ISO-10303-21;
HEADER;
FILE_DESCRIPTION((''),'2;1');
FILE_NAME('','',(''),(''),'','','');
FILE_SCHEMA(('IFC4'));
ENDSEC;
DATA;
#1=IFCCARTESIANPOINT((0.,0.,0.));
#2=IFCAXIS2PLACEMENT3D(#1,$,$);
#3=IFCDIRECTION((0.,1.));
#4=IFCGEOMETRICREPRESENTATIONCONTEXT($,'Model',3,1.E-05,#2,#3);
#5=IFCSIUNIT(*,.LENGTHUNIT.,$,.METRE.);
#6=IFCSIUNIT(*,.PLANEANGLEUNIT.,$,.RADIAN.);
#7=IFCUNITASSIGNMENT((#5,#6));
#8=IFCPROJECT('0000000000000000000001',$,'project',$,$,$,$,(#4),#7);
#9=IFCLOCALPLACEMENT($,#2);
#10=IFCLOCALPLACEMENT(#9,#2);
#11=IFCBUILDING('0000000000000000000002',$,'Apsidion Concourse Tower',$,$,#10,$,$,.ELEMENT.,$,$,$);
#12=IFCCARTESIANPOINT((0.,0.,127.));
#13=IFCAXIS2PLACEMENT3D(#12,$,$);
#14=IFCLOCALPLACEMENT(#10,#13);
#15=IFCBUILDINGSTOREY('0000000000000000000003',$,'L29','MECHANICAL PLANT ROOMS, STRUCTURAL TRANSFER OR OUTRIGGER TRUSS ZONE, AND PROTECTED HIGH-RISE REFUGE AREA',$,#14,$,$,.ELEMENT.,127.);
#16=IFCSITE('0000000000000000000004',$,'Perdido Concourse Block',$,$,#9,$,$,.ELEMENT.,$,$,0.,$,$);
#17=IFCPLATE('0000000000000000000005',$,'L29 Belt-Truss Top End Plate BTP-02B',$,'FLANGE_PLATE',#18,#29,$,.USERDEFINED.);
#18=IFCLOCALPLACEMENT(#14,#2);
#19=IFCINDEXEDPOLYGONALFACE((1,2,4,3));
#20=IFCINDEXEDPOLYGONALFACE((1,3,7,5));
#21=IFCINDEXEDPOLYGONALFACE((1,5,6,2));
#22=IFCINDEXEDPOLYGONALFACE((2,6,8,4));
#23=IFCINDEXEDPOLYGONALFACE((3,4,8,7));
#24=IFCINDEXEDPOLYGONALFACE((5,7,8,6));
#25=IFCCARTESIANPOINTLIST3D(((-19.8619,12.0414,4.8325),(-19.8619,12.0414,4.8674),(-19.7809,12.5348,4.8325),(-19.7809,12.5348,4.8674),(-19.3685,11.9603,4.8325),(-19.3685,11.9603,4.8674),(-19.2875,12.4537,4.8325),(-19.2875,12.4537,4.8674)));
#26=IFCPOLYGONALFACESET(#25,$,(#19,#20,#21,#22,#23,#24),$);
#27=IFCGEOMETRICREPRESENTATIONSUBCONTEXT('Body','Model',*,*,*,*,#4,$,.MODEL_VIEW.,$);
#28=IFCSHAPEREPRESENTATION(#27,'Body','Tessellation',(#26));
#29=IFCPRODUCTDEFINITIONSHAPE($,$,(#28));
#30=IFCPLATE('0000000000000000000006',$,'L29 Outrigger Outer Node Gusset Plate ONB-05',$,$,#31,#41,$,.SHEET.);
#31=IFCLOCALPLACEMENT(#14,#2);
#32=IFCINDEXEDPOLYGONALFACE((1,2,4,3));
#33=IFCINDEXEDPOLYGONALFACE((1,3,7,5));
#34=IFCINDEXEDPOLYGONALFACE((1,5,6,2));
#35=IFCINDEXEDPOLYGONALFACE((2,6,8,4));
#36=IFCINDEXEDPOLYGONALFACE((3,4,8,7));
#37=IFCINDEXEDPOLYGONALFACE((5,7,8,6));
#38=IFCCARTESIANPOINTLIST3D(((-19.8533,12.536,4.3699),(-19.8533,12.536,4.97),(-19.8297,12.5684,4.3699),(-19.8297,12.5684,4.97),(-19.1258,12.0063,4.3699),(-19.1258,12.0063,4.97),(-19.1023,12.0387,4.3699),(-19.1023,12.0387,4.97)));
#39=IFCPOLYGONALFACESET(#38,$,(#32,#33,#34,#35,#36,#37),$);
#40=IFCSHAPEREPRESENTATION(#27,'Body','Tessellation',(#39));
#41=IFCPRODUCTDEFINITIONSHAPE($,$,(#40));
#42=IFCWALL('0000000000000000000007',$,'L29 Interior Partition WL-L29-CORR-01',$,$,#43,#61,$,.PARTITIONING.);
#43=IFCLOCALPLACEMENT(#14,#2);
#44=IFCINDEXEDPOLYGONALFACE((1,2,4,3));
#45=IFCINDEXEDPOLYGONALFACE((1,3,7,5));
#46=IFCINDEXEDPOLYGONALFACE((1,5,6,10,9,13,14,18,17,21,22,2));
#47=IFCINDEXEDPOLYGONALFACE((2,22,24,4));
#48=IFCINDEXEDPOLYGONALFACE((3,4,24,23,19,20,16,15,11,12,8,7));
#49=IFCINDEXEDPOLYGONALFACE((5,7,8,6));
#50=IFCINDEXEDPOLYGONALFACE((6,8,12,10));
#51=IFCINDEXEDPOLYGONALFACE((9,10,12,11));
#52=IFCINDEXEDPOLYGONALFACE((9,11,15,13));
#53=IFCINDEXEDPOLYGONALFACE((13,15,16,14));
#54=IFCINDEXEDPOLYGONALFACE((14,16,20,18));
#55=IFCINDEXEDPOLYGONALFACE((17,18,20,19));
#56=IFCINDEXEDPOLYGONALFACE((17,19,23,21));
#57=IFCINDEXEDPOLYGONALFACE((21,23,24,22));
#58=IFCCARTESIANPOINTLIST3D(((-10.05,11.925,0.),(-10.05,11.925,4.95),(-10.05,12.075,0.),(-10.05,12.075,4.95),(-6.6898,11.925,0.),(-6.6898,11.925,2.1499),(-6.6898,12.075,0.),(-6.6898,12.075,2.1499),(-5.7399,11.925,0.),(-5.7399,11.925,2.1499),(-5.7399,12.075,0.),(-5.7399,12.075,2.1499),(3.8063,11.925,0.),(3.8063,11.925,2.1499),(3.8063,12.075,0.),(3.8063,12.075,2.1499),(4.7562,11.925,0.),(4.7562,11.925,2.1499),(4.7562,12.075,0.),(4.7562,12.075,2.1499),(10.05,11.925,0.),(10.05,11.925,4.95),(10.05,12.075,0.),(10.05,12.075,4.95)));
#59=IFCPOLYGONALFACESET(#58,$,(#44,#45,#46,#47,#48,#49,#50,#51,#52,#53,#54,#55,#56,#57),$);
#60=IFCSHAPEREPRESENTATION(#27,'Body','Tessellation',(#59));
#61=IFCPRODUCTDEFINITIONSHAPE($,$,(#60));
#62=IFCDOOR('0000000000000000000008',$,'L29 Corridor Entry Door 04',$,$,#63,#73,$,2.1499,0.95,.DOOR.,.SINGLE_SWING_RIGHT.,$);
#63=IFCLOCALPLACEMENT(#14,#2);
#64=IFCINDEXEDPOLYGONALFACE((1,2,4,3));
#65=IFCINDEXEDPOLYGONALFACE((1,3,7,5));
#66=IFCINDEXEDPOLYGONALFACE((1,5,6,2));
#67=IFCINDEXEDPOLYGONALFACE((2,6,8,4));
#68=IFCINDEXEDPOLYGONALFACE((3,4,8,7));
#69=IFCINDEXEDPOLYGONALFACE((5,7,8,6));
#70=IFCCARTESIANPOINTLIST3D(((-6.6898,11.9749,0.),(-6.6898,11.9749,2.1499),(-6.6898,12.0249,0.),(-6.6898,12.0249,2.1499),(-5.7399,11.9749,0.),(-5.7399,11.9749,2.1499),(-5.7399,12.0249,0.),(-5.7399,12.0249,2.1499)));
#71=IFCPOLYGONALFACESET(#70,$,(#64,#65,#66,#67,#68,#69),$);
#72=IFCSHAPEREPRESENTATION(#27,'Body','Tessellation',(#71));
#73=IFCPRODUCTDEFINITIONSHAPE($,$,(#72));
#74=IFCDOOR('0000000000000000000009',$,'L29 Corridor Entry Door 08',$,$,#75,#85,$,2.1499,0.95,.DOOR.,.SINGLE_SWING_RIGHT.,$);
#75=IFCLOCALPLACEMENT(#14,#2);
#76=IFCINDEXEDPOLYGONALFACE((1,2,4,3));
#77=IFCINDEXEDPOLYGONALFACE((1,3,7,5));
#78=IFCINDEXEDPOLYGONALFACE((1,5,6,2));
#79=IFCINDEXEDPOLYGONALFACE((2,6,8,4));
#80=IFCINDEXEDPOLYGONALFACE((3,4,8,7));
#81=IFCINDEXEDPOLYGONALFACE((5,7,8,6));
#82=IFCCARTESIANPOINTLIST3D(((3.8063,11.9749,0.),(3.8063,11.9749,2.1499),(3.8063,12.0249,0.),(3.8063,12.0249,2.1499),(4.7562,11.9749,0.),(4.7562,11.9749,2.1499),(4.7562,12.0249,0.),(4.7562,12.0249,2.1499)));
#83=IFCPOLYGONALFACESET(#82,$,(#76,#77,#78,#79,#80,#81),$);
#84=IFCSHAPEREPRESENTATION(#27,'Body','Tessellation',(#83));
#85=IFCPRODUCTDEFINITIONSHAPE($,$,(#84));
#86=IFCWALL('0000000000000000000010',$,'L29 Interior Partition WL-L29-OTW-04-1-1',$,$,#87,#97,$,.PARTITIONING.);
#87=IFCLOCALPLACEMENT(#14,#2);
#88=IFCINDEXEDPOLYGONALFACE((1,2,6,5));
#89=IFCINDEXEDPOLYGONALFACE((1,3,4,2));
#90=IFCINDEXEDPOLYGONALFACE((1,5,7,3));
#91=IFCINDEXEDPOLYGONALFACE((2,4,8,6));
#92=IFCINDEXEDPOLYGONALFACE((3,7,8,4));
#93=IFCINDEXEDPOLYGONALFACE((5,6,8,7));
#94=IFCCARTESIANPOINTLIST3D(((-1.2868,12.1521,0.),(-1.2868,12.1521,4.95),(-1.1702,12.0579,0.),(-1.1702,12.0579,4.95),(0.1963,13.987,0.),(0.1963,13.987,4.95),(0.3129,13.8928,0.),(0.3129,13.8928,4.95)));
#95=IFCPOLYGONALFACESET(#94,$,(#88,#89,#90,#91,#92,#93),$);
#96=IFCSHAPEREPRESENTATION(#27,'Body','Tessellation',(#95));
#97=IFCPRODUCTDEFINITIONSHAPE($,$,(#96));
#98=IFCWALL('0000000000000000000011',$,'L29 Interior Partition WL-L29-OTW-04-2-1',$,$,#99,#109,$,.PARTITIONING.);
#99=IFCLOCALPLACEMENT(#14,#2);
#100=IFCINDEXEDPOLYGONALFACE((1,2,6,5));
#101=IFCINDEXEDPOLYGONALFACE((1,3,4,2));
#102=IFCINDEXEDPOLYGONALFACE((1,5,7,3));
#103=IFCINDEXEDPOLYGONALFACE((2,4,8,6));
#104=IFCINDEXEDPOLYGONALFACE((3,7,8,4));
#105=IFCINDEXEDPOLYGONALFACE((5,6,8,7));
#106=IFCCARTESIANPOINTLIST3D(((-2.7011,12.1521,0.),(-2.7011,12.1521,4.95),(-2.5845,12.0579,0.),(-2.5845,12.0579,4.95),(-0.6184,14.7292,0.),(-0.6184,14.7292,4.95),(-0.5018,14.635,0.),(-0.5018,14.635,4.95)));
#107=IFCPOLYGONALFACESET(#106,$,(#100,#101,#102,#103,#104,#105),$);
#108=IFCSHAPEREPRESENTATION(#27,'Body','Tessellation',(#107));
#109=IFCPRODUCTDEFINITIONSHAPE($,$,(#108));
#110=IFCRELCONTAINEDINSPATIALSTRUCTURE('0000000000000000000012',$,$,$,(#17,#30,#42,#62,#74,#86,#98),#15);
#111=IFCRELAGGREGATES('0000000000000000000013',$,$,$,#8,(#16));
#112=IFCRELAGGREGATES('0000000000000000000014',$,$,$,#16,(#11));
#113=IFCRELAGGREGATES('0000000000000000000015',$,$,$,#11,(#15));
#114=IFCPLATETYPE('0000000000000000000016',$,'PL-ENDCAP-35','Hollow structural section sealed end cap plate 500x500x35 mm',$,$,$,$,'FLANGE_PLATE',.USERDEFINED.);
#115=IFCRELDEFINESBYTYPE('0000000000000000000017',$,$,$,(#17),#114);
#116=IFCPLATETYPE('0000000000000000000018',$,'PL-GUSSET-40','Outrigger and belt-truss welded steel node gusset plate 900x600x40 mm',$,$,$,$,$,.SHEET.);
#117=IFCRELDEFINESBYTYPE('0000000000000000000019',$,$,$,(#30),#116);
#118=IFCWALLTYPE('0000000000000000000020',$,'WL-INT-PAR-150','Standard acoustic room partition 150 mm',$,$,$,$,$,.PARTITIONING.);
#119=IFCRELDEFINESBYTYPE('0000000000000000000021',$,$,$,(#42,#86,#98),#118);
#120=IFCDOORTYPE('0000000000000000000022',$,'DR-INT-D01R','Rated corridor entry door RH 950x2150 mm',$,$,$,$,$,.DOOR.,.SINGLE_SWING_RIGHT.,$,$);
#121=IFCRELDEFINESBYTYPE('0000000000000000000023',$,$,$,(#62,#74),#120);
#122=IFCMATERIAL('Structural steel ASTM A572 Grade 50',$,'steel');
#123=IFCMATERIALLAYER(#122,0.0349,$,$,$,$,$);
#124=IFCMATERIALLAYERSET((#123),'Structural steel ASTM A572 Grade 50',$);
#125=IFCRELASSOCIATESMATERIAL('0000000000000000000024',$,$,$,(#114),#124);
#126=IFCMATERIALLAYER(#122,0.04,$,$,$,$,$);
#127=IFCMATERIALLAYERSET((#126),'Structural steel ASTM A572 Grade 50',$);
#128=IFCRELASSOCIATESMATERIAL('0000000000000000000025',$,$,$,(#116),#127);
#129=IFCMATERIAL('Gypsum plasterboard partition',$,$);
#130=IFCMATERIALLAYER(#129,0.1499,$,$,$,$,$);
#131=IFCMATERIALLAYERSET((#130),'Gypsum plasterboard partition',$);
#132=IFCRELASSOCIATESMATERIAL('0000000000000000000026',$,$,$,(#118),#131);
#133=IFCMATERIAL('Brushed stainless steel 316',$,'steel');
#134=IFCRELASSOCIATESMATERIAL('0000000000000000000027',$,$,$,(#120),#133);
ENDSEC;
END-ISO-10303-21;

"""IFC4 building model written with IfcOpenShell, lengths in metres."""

from ifc_helpers import new_model, si_unit, direction, frame, frame_2d, origin, origin_2d, place, context, subcontext, project, spatial, rectangle, extrude, material, layer, layer_set, type_object, element, fill, save


model = new_model("IFC4")

# Units and contexts
model_context = context("Model", 3, precision=1e-05, world=origin(), true_north=direction((0.0, 1.0)))
body_context = subcontext(model_context, "Body", "Model", "MODEL_VIEW")
ifc_project = project(units=[si_unit("LENGTHUNIT", "METRE"), si_unit("PLANEANGLEUNIT", "RADIAN")], contexts=[model_context])

# Site, building, storey
site_placement = place(None, origin())
site = spatial("IfcSite", under=ifc_project, at=site_placement, Name="Perdido Concourse Block", CompositionType="ELEMENT", RefElevation=0.0)
building_placement = place(site_placement, origin())
building = spatial("IfcBuilding", under=site, at=building_placement, Name="Apsidion Concourse Tower", CompositionType="ELEMENT")
storey_placement = place(building_placement, frame((0.0, 0.0, 127.0)))
storey = spatial("IfcBuildingStorey", under=building, at=storey_placement, Name="L29", Description="MECHANICAL PLANT ROOMS, STRUCTURAL TRANSFER OR OUTRIGGER TRUSS ZONE, AND PROTECTED HIGH-RISE REFUGE AREA", CompositionType="ELEMENT", Elevation=127.0)

# Plates
ifc_material_1 = material(Name="Structural steel ASTM A572 Grade 50", Category="steel")
ifc_layer_1 = layer(ifc_material_1, 0.0349)
ifc_layer_set_1 = layer_set([ifc_layer_1], Name="Structural steel ASTM A572 Grade 50")
plate_type_1 = type_object("IfcPlateType", Name="PL-ENDCAP-35", Description="Hollow structural section sealed end cap plate 500x500x35 mm", ElementType="FLANGE_PLATE", PredefinedType="USERDEFINED", material=ifc_layer_set_1)
for number, where, z_axis, x_axis, name in (
    (1, (-19.5747, 12.2476, 4.8325), (0.0, 0.0, 1.0), (0.162121, 0.986771, 0.0), "L29 Belt-Truss Top End Plate BTP-02B"),
):
    element("IfcPlate", number, at=place(storey_placement, frame(where, z_axis=z_axis, x_axis=x_axis)), inside=storey, type_object=plate_type_1, Name=name, ObjectType="FLANGE_PLATE", PredefinedType="USERDEFINED", context=body_context, shape_type="SweptSolid", body=[
        extrude(rectangle(XDim=0.5, YDim=0.5, at=origin_2d()), origin(), (0.0, 0.0, 1.0), 0.0349),
    ])
ifc_layer_2 = layer(ifc_material_1, 0.04)
ifc_layer_set_2 = layer_set([ifc_layer_2], Name="Structural steel ASTM A572 Grade 50")
plate_type_2 = type_object("IfcPlateType", Name="PL-GUSSET-40", Description="Outrigger and belt-truss welded steel node gusset plate 900x600x40 mm", PredefinedType="SHEET", material=ifc_layer_set_2)
plate_placement = place(storey_placement, frame((-19.4778, 12.2874, 4.3699), z_axis=(0.0, 0.0, 1.0), x_axis=(-0.808401, 0.588632, 0.0)))
element("IfcPlate", 2, at=plate_placement, inside=storey, type_object=plate_type_2, Name="L29 Outrigger Outer Node Gusset Plate ONB-05", PredefinedType="SHEET", context=body_context, shape_type="SweptSolid", body=[
    extrude(rectangle(XDim=0.8999, YDim=0.04, at=origin_2d()), origin(), (0.0, 0.0, 1.0), 0.6001),
])

# Wall, openings, doors
ifc_material_2 = material(Name="Gypsum plasterboard partition")
ifc_layer_3 = layer(ifc_material_2, 0.1499)
ifc_layer_set_3 = layer_set([ifc_layer_3], Name="Gypsum plasterboard partition")
wall_type_1 = type_object("IfcWallType", Name="WL-INT-PAR-150", Description="Standard acoustic room partition 150 mm", PredefinedType="PARTITIONING", material=ifc_layer_set_3)
wall_1_placement = place(storey_placement, frame((-10.05, 12.0, 0.0), z_axis=(0.0, 0.0, 1.0), x_axis=(1.0, 0.0, 0.0)))
wall_1 = element("IfcWall", 3, at=wall_1_placement, inside=storey, type_object=wall_type_1, Name="L29 Interior Partition WL-L29-CORR-01", PredefinedType="PARTITIONING", context=body_context, shape_type="SweptSolid", body=[
    extrude(rectangle(XDim=20.1001, YDim=0.1499, at=frame_2d((10.05, 0.0))), origin(), (0.0, 0.0, 1.0), 4.95),
])
opening_1_placement = place(wall_1_placement, frame((3.3601, 0.0, 0.0)))
opening_1 = element("IfcOpeningElement", 4, at=opening_1_placement, cuts=wall_1, PredefinedType="OPENING", context=body_context, shape_type="SweptSolid", body=[
    extrude(rectangle(XDim=0.95, YDim=2.1499, at=frame_2d((0.4751, 1.075))), frame((0.0, 0.085, 0.0), z_axis=(0.0, -1.0, 0.0), x_axis=(1.0, 0.0, 0.0)), (0.0, 0.0, 1.0), 0.1699),
])
opening_2_placement = place(wall_1_placement, frame((13.8562, 0.0, 0.0)))
opening_2 = element("IfcOpeningElement", 5, at=opening_2_placement, cuts=wall_1, PredefinedType="OPENING", context=body_context, shape_type="SweptSolid", body=[
    extrude(rectangle(XDim=0.95, YDim=2.1499, at=frame_2d((0.4751, 1.075))), frame((0.0, 0.085, 0.0), z_axis=(0.0, -1.0, 0.0), x_axis=(1.0, 0.0, 0.0)), (0.0, 0.0, 1.0), 0.1699),
])
ifc_material_3 = material(Name="Brushed stainless steel 316", Category="steel")
door_type_1 = type_object("IfcDoorType", Name="DR-INT-D01R", Description="Rated corridor entry door RH 950x2150 mm", OperationType="SINGLE_SWING_RIGHT", PredefinedType="DOOR", material=ifc_material_3)
door_1_placement = place(opening_1_placement, origin())
door_1 = element("IfcDoor", 6, at=door_1_placement, inside=storey, type_object=door_type_1, Name="L29 Corridor Entry Door 04", OperationType="SINGLE_SWING_RIGHT", OverallHeight=2.1499, OverallWidth=0.95, PredefinedType="DOOR", context=body_context, shape_type="SweptSolid", body=[
    extrude(rectangle(XDim=0.95, YDim=2.1499, at=frame_2d((0.4751, 1.075))), frame((0.0, 0.0249, 0.0), z_axis=(0.0, -1.0, 0.0), x_axis=(1.0, 0.0, 0.0)), (0.0, 0.0, 1.0), 0.05),
])
fill(opening_1, door_1)
door_2_placement = place(opening_2_placement, origin())
door_2 = element("IfcDoor", 7, at=door_2_placement, inside=storey, type_object=door_type_1, Name="L29 Corridor Entry Door 08", OperationType="SINGLE_SWING_RIGHT", OverallHeight=2.1499, OverallWidth=0.95, PredefinedType="DOOR", context=body_context, shape_type="SweptSolid", body=[
    extrude(rectangle(XDim=0.95, YDim=2.1499, at=frame_2d((0.4751, 1.075))), frame((0.0, 0.0249, 0.0), z_axis=(0.0, -1.0, 0.0), x_axis=(1.0, 0.0, 0.0)), (0.0, 0.0, 1.0), 0.05),
])
fill(opening_2, door_2)

# Walls
wall_2_placement = place(storey_placement, frame((-1.2285, 12.105, 0.0), z_axis=(0.0, 0.0, 1.0), x_axis=(0.628612, 0.777719, 0.0)))
element("IfcWall", 8, at=wall_2_placement, inside=storey, type_object=wall_type_1, Name="L29 Interior Partition WL-L29-OTW-04-1-1", PredefinedType="PARTITIONING", context=body_context, shape_type="SweptSolid", body=[
    extrude(rectangle(XDim=2.3594, YDim=0.1499, at=frame_2d((1.1797, 0.0))), origin(), (0.0, 0.0, 1.0), 4.95),
])
wall_3_placement = place(storey_placement, frame((-2.6428, 12.105, 0.0), z_axis=(0.0, 0.0, 1.0), x_axis=(0.62856, 0.777761, 0.0)))
element("IfcWall", 9, at=wall_3_placement, inside=storey, type_object=wall_type_1, Name="L29 Interior Partition WL-L29-OTW-04-2-1", PredefinedType="PARTITIONING", context=body_context, shape_type="SweptSolid", body=[
    extrude(rectangle(XDim=3.3135, YDim=0.1499, at=frame_2d((1.6567, 0.0))), origin(), (0.0, 0.0, 1.0), 4.95),
])

save(model, "model.ifc")
